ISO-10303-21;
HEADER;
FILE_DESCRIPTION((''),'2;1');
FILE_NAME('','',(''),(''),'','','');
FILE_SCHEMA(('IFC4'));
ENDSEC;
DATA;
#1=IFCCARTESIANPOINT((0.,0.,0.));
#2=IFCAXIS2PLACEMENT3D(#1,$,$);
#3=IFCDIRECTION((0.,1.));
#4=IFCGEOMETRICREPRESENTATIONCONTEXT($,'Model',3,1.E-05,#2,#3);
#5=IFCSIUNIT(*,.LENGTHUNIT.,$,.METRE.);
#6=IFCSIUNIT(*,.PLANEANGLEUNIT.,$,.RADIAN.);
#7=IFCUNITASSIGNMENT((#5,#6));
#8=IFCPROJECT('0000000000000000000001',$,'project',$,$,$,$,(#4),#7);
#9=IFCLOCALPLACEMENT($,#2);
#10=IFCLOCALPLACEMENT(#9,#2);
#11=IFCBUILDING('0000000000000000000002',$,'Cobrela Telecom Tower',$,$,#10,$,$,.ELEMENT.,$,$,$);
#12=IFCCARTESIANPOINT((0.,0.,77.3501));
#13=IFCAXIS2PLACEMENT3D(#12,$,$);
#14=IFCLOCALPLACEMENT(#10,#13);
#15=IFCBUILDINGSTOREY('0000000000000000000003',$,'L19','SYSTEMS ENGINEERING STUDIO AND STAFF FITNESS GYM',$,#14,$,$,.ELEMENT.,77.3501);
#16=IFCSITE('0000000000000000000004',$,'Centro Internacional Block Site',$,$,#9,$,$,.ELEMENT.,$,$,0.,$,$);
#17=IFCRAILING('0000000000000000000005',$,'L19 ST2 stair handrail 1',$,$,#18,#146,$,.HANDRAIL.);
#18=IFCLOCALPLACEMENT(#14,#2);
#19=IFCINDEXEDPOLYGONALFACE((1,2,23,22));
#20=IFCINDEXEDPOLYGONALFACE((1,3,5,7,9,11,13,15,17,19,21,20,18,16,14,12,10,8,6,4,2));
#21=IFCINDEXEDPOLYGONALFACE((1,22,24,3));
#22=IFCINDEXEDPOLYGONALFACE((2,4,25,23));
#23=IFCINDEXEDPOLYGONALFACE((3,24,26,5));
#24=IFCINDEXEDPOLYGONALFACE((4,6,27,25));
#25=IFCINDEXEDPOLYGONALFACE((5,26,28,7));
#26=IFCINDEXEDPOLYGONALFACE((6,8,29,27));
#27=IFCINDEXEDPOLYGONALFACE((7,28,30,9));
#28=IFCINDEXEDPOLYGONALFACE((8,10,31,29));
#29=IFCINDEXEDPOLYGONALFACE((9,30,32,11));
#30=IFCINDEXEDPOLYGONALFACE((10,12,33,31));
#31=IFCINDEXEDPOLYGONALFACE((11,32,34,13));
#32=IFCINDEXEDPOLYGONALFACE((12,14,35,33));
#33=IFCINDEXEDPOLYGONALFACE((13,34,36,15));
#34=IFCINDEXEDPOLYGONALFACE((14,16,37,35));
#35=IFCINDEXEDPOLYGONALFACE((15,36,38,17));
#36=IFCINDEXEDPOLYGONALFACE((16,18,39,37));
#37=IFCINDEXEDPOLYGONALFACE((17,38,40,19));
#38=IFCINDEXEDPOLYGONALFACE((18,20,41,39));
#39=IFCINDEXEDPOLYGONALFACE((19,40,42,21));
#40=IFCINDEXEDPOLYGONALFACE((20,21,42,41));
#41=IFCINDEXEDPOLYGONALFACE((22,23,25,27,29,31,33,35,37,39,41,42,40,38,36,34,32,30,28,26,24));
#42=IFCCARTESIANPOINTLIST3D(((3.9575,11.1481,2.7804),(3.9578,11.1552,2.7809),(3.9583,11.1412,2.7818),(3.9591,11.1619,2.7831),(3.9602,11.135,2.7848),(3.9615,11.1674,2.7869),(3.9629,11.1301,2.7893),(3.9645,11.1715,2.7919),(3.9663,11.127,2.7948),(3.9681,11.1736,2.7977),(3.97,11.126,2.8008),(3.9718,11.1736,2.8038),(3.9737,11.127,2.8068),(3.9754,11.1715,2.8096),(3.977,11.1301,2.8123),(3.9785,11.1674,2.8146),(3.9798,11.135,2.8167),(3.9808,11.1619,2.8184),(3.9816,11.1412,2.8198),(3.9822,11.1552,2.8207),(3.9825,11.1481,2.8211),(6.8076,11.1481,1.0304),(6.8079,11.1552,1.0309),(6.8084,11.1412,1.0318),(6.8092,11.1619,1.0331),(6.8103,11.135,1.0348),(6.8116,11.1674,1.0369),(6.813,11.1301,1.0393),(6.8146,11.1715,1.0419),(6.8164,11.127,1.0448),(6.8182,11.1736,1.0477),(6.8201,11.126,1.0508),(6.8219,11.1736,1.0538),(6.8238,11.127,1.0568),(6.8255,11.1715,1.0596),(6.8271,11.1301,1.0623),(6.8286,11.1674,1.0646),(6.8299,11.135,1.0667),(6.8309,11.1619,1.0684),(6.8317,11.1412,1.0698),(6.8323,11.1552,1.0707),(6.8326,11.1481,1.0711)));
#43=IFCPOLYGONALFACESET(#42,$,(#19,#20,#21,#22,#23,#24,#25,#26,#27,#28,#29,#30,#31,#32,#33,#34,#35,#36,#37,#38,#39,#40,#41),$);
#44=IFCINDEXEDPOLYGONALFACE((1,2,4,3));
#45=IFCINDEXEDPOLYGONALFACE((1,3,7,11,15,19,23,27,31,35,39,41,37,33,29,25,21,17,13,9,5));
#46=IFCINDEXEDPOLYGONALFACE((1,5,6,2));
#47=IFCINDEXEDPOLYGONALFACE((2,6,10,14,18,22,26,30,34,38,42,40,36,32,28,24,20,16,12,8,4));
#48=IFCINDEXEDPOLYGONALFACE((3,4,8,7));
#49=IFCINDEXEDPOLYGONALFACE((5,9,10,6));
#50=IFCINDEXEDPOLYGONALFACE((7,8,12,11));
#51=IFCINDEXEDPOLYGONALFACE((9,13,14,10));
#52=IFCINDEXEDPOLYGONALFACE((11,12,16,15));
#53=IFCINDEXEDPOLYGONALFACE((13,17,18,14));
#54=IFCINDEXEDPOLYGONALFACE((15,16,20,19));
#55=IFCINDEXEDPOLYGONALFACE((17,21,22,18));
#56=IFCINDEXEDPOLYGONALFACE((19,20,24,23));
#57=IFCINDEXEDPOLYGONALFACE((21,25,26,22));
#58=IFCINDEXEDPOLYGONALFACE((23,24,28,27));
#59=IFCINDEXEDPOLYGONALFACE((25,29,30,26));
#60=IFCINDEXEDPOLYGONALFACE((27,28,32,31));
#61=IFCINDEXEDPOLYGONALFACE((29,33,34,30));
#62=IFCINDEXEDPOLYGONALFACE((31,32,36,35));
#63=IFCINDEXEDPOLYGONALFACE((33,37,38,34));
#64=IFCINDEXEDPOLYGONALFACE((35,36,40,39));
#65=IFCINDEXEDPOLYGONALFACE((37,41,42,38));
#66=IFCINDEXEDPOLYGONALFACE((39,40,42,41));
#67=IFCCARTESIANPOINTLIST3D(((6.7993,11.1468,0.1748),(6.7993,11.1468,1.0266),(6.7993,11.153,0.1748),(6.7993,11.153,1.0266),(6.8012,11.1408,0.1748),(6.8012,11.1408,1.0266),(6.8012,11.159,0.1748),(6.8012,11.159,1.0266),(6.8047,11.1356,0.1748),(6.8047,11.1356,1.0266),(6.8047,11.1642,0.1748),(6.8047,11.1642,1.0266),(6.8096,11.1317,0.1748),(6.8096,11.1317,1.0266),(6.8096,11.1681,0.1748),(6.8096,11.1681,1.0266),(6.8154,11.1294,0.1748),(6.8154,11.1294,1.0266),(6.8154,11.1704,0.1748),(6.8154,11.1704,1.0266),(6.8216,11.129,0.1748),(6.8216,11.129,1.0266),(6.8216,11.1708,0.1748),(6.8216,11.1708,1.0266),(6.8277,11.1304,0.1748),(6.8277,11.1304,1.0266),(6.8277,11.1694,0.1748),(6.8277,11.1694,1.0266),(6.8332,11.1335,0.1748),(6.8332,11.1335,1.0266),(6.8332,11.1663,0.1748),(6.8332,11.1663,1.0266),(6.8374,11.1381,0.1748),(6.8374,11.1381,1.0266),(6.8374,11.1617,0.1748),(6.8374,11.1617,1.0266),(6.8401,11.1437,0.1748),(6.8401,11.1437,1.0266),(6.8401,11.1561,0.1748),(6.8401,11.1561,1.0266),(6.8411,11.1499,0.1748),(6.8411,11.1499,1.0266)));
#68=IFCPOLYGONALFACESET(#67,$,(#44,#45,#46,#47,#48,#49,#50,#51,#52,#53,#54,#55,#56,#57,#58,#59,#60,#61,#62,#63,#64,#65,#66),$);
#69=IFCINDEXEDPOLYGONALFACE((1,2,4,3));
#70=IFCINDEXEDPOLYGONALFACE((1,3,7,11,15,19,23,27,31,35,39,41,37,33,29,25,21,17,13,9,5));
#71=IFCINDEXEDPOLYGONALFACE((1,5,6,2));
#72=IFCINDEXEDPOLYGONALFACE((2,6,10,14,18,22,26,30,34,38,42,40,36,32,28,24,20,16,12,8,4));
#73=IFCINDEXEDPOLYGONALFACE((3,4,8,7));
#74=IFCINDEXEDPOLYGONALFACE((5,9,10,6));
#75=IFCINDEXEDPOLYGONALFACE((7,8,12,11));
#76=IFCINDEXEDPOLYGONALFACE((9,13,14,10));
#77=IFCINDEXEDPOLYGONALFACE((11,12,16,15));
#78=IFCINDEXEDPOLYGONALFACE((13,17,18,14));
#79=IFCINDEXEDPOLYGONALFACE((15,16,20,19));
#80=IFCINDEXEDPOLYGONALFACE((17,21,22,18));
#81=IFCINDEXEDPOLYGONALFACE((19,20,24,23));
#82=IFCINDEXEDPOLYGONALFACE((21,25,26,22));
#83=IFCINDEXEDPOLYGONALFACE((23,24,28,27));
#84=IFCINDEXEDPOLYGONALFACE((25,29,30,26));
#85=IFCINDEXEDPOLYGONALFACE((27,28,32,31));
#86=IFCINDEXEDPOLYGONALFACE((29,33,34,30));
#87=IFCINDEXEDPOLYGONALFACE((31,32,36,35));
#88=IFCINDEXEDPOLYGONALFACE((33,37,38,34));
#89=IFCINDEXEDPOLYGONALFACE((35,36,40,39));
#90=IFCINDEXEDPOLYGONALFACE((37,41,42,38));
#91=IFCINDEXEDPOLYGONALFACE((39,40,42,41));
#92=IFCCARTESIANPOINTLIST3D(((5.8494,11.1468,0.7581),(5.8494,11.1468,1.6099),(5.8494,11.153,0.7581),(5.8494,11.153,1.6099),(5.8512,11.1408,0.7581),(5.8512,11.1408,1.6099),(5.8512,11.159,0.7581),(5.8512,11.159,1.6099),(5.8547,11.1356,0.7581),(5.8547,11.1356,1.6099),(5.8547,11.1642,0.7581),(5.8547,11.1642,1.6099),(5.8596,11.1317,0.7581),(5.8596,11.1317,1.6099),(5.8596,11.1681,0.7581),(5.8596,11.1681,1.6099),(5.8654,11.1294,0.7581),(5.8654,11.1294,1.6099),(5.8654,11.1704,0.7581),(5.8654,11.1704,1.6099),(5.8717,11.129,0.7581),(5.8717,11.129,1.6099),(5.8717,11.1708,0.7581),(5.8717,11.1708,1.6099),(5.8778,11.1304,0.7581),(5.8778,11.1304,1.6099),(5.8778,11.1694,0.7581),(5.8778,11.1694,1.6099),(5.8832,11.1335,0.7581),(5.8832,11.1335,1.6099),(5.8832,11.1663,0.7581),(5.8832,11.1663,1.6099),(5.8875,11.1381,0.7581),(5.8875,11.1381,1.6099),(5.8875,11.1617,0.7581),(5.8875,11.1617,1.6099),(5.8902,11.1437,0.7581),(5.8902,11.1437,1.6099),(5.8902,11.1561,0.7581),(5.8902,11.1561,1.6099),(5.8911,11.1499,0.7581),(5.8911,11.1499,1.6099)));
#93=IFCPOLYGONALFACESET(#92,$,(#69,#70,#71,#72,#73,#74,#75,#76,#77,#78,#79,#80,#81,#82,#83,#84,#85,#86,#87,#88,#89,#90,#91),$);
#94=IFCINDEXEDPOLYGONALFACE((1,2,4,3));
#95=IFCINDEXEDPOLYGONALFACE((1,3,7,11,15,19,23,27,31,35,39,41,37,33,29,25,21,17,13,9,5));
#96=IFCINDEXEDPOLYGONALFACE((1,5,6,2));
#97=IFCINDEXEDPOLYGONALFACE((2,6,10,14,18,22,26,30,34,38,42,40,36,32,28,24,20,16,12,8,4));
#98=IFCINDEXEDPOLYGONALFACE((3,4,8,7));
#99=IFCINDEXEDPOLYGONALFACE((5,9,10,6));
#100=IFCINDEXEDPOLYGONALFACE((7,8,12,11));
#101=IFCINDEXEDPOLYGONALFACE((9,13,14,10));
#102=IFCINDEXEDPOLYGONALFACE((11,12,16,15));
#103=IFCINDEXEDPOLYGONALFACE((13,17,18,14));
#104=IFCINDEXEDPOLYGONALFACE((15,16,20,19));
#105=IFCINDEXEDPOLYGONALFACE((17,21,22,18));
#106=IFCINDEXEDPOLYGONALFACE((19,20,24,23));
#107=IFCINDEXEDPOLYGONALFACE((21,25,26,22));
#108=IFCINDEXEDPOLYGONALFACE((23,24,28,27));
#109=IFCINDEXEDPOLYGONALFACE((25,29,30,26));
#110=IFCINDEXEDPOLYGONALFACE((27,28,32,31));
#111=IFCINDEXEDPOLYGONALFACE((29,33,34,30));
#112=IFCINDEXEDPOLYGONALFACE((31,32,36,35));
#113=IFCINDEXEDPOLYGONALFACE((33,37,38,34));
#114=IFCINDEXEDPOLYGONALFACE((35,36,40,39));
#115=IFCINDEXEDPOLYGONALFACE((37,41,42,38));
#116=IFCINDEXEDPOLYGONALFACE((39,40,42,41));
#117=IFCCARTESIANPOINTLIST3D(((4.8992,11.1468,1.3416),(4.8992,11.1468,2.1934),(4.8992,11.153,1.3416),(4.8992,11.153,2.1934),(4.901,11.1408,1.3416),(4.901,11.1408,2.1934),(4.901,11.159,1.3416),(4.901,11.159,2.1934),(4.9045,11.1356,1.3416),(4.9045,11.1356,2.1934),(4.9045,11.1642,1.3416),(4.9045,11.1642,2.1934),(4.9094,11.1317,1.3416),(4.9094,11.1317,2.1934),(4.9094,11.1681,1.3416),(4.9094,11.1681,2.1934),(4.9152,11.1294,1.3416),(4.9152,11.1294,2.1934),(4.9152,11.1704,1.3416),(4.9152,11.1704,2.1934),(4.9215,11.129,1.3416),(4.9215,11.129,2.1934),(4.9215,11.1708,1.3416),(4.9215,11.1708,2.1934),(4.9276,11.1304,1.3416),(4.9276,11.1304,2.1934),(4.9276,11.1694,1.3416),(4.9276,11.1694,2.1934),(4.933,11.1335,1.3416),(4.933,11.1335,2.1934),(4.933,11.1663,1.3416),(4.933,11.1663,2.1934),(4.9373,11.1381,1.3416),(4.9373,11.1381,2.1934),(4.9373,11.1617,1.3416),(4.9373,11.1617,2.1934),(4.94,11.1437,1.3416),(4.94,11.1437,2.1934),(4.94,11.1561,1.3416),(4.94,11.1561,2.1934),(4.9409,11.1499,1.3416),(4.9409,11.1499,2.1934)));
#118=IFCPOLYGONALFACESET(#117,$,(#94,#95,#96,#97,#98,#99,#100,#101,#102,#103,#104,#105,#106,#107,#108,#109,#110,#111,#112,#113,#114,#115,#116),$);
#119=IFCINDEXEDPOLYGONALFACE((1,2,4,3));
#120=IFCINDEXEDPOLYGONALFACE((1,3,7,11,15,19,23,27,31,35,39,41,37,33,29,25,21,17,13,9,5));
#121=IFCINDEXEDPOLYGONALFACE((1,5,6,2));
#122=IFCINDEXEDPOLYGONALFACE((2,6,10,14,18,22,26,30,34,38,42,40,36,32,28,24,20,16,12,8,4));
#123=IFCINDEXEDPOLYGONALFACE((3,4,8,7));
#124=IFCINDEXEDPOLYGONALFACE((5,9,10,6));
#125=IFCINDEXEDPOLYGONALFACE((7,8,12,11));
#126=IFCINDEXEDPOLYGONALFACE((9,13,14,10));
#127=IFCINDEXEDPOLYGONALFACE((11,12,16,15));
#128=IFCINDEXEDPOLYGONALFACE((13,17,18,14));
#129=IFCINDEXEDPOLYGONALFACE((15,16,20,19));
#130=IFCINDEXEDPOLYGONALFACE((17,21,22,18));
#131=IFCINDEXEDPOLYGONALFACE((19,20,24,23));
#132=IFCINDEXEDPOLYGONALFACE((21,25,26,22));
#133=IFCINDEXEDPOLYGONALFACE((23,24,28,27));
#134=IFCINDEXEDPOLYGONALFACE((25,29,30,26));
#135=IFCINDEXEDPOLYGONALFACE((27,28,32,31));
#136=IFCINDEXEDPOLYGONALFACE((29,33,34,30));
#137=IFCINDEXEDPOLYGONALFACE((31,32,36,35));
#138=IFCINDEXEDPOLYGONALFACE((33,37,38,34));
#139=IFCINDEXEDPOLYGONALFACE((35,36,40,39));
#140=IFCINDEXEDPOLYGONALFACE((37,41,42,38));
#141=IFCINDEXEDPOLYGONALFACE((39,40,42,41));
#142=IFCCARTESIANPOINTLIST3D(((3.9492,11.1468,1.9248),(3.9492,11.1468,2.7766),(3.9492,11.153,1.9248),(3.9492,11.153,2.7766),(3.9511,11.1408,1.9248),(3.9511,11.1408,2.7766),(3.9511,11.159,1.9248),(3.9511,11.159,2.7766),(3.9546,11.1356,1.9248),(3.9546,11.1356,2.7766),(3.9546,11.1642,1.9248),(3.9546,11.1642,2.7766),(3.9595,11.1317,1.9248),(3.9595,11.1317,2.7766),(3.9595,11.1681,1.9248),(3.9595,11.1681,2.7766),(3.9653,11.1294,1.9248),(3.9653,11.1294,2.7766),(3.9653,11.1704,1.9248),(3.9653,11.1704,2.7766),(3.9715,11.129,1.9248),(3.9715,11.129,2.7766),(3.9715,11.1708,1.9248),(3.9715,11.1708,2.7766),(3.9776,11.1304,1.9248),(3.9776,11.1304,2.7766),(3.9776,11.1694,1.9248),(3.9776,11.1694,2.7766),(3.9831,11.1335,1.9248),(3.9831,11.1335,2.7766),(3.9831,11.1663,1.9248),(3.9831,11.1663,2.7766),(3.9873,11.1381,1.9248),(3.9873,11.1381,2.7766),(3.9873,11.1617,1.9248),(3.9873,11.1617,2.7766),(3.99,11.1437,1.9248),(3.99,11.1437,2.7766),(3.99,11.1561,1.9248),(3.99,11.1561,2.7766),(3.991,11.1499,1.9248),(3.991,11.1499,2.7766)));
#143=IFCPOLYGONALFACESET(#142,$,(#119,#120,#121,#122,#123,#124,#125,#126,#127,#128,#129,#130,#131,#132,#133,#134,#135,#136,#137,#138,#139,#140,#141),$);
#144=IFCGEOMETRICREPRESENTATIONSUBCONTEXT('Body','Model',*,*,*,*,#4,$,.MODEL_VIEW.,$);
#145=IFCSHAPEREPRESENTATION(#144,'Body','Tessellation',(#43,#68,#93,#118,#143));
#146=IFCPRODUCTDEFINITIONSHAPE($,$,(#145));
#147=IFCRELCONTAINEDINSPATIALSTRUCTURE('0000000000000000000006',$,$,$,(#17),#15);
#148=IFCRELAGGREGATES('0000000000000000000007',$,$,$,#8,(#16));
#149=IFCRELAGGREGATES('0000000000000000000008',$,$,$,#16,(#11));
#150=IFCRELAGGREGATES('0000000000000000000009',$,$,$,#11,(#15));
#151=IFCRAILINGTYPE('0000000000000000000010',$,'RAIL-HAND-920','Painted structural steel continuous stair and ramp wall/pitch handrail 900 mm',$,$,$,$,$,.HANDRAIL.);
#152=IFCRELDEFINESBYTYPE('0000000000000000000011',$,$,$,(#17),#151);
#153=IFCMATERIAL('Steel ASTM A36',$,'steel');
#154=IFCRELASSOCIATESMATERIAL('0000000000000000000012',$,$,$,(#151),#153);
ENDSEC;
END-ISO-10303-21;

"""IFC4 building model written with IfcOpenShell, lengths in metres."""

from ifc_helpers import new_model, si_unit, direction, frame, origin, origin_2d, place, context, subcontext, project, spatial, circle, extrude, material, type_object, element, save


model = new_model("IFC4")

# Units and contexts
model_context = context("Model", 3, precision=1e-05, world=origin(), true_north=direction((0.0, 1.0)))
body_context = subcontext(model_context, "Body", "Model", "MODEL_VIEW")
ifc_project = project(units=[si_unit("LENGTHUNIT", "METRE"), si_unit("PLANEANGLEUNIT", "RADIAN")], contexts=[model_context])

# Site, building, storey
site_placement = place(None, origin())
site = spatial("IfcSite", under=ifc_project, at=site_placement, Name="Centro Internacional Block Site", CompositionType="ELEMENT", RefElevation=0.0)
building_placement = place(site_placement, origin())
building = spatial("IfcBuilding", under=site, at=building_placement, Name="Cobrela Telecom Tower", CompositionType="ELEMENT")
storey_placement = place(building_placement, frame((0.0, 0.0, 77.3501)))
storey = spatial("IfcBuildingStorey", under=building, at=storey_placement, Name="L19", Description="SYSTEMS ENGINEERING STUDIO AND STAFF FITNESS GYM", CompositionType="ELEMENT", Elevation=77.3501)

# Railing
ifc_material_1 = material(Name="Steel ASTM A36", Category="steel")
railing_type_1 = type_object("IfcRailingType", Name="RAIL-HAND-920", Description="Painted structural steel continuous stair and ramp wall/pitch handrail 900 mm", PredefinedType="HANDRAIL", material=ifc_material_1)
railing_1_placement = place(storey_placement, frame((6.8201, 11.1499, 0.1748)))
element("IfcRailing", 1, at=railing_1_placement, inside=storey, type_object=railing_type_1, Name="L19 ST2 stair handrail 1", PredefinedType="HANDRAIL", context=body_context, shape_type="SweptSolid", body=[
    extrude(circle(Radius=0.0239, at=origin_2d()), frame((0.0, 0.0, 0.876), z_axis=(-0.852179, 0.0, 0.52325), x_axis=(0.0, -1.0, 0.0)), (0.0, 0.0, 1.0), 3.3445),
    extrude(circle(Radius=0.021, at=origin_2d()), origin(), (0.0, 0.0, 1.0), 0.8518),
    extrude(circle(Radius=0.021, at=origin_2d()), frame((-0.95, 0.0, 0.5833)), (0.0, 0.0, 1.0), 0.8518),
    extrude(circle(Radius=0.021, at=origin_2d()), frame((-1.9001, 0.0, 1.1667)), (0.0, 0.0, 1.0), 0.8518),
    extrude(circle(Radius=0.021, at=origin_2d()), frame((-2.8501, 0.0, 1.75)), (0.0, 0.0, 1.0), 0.8518),
])

save(model, "model.ifc")
